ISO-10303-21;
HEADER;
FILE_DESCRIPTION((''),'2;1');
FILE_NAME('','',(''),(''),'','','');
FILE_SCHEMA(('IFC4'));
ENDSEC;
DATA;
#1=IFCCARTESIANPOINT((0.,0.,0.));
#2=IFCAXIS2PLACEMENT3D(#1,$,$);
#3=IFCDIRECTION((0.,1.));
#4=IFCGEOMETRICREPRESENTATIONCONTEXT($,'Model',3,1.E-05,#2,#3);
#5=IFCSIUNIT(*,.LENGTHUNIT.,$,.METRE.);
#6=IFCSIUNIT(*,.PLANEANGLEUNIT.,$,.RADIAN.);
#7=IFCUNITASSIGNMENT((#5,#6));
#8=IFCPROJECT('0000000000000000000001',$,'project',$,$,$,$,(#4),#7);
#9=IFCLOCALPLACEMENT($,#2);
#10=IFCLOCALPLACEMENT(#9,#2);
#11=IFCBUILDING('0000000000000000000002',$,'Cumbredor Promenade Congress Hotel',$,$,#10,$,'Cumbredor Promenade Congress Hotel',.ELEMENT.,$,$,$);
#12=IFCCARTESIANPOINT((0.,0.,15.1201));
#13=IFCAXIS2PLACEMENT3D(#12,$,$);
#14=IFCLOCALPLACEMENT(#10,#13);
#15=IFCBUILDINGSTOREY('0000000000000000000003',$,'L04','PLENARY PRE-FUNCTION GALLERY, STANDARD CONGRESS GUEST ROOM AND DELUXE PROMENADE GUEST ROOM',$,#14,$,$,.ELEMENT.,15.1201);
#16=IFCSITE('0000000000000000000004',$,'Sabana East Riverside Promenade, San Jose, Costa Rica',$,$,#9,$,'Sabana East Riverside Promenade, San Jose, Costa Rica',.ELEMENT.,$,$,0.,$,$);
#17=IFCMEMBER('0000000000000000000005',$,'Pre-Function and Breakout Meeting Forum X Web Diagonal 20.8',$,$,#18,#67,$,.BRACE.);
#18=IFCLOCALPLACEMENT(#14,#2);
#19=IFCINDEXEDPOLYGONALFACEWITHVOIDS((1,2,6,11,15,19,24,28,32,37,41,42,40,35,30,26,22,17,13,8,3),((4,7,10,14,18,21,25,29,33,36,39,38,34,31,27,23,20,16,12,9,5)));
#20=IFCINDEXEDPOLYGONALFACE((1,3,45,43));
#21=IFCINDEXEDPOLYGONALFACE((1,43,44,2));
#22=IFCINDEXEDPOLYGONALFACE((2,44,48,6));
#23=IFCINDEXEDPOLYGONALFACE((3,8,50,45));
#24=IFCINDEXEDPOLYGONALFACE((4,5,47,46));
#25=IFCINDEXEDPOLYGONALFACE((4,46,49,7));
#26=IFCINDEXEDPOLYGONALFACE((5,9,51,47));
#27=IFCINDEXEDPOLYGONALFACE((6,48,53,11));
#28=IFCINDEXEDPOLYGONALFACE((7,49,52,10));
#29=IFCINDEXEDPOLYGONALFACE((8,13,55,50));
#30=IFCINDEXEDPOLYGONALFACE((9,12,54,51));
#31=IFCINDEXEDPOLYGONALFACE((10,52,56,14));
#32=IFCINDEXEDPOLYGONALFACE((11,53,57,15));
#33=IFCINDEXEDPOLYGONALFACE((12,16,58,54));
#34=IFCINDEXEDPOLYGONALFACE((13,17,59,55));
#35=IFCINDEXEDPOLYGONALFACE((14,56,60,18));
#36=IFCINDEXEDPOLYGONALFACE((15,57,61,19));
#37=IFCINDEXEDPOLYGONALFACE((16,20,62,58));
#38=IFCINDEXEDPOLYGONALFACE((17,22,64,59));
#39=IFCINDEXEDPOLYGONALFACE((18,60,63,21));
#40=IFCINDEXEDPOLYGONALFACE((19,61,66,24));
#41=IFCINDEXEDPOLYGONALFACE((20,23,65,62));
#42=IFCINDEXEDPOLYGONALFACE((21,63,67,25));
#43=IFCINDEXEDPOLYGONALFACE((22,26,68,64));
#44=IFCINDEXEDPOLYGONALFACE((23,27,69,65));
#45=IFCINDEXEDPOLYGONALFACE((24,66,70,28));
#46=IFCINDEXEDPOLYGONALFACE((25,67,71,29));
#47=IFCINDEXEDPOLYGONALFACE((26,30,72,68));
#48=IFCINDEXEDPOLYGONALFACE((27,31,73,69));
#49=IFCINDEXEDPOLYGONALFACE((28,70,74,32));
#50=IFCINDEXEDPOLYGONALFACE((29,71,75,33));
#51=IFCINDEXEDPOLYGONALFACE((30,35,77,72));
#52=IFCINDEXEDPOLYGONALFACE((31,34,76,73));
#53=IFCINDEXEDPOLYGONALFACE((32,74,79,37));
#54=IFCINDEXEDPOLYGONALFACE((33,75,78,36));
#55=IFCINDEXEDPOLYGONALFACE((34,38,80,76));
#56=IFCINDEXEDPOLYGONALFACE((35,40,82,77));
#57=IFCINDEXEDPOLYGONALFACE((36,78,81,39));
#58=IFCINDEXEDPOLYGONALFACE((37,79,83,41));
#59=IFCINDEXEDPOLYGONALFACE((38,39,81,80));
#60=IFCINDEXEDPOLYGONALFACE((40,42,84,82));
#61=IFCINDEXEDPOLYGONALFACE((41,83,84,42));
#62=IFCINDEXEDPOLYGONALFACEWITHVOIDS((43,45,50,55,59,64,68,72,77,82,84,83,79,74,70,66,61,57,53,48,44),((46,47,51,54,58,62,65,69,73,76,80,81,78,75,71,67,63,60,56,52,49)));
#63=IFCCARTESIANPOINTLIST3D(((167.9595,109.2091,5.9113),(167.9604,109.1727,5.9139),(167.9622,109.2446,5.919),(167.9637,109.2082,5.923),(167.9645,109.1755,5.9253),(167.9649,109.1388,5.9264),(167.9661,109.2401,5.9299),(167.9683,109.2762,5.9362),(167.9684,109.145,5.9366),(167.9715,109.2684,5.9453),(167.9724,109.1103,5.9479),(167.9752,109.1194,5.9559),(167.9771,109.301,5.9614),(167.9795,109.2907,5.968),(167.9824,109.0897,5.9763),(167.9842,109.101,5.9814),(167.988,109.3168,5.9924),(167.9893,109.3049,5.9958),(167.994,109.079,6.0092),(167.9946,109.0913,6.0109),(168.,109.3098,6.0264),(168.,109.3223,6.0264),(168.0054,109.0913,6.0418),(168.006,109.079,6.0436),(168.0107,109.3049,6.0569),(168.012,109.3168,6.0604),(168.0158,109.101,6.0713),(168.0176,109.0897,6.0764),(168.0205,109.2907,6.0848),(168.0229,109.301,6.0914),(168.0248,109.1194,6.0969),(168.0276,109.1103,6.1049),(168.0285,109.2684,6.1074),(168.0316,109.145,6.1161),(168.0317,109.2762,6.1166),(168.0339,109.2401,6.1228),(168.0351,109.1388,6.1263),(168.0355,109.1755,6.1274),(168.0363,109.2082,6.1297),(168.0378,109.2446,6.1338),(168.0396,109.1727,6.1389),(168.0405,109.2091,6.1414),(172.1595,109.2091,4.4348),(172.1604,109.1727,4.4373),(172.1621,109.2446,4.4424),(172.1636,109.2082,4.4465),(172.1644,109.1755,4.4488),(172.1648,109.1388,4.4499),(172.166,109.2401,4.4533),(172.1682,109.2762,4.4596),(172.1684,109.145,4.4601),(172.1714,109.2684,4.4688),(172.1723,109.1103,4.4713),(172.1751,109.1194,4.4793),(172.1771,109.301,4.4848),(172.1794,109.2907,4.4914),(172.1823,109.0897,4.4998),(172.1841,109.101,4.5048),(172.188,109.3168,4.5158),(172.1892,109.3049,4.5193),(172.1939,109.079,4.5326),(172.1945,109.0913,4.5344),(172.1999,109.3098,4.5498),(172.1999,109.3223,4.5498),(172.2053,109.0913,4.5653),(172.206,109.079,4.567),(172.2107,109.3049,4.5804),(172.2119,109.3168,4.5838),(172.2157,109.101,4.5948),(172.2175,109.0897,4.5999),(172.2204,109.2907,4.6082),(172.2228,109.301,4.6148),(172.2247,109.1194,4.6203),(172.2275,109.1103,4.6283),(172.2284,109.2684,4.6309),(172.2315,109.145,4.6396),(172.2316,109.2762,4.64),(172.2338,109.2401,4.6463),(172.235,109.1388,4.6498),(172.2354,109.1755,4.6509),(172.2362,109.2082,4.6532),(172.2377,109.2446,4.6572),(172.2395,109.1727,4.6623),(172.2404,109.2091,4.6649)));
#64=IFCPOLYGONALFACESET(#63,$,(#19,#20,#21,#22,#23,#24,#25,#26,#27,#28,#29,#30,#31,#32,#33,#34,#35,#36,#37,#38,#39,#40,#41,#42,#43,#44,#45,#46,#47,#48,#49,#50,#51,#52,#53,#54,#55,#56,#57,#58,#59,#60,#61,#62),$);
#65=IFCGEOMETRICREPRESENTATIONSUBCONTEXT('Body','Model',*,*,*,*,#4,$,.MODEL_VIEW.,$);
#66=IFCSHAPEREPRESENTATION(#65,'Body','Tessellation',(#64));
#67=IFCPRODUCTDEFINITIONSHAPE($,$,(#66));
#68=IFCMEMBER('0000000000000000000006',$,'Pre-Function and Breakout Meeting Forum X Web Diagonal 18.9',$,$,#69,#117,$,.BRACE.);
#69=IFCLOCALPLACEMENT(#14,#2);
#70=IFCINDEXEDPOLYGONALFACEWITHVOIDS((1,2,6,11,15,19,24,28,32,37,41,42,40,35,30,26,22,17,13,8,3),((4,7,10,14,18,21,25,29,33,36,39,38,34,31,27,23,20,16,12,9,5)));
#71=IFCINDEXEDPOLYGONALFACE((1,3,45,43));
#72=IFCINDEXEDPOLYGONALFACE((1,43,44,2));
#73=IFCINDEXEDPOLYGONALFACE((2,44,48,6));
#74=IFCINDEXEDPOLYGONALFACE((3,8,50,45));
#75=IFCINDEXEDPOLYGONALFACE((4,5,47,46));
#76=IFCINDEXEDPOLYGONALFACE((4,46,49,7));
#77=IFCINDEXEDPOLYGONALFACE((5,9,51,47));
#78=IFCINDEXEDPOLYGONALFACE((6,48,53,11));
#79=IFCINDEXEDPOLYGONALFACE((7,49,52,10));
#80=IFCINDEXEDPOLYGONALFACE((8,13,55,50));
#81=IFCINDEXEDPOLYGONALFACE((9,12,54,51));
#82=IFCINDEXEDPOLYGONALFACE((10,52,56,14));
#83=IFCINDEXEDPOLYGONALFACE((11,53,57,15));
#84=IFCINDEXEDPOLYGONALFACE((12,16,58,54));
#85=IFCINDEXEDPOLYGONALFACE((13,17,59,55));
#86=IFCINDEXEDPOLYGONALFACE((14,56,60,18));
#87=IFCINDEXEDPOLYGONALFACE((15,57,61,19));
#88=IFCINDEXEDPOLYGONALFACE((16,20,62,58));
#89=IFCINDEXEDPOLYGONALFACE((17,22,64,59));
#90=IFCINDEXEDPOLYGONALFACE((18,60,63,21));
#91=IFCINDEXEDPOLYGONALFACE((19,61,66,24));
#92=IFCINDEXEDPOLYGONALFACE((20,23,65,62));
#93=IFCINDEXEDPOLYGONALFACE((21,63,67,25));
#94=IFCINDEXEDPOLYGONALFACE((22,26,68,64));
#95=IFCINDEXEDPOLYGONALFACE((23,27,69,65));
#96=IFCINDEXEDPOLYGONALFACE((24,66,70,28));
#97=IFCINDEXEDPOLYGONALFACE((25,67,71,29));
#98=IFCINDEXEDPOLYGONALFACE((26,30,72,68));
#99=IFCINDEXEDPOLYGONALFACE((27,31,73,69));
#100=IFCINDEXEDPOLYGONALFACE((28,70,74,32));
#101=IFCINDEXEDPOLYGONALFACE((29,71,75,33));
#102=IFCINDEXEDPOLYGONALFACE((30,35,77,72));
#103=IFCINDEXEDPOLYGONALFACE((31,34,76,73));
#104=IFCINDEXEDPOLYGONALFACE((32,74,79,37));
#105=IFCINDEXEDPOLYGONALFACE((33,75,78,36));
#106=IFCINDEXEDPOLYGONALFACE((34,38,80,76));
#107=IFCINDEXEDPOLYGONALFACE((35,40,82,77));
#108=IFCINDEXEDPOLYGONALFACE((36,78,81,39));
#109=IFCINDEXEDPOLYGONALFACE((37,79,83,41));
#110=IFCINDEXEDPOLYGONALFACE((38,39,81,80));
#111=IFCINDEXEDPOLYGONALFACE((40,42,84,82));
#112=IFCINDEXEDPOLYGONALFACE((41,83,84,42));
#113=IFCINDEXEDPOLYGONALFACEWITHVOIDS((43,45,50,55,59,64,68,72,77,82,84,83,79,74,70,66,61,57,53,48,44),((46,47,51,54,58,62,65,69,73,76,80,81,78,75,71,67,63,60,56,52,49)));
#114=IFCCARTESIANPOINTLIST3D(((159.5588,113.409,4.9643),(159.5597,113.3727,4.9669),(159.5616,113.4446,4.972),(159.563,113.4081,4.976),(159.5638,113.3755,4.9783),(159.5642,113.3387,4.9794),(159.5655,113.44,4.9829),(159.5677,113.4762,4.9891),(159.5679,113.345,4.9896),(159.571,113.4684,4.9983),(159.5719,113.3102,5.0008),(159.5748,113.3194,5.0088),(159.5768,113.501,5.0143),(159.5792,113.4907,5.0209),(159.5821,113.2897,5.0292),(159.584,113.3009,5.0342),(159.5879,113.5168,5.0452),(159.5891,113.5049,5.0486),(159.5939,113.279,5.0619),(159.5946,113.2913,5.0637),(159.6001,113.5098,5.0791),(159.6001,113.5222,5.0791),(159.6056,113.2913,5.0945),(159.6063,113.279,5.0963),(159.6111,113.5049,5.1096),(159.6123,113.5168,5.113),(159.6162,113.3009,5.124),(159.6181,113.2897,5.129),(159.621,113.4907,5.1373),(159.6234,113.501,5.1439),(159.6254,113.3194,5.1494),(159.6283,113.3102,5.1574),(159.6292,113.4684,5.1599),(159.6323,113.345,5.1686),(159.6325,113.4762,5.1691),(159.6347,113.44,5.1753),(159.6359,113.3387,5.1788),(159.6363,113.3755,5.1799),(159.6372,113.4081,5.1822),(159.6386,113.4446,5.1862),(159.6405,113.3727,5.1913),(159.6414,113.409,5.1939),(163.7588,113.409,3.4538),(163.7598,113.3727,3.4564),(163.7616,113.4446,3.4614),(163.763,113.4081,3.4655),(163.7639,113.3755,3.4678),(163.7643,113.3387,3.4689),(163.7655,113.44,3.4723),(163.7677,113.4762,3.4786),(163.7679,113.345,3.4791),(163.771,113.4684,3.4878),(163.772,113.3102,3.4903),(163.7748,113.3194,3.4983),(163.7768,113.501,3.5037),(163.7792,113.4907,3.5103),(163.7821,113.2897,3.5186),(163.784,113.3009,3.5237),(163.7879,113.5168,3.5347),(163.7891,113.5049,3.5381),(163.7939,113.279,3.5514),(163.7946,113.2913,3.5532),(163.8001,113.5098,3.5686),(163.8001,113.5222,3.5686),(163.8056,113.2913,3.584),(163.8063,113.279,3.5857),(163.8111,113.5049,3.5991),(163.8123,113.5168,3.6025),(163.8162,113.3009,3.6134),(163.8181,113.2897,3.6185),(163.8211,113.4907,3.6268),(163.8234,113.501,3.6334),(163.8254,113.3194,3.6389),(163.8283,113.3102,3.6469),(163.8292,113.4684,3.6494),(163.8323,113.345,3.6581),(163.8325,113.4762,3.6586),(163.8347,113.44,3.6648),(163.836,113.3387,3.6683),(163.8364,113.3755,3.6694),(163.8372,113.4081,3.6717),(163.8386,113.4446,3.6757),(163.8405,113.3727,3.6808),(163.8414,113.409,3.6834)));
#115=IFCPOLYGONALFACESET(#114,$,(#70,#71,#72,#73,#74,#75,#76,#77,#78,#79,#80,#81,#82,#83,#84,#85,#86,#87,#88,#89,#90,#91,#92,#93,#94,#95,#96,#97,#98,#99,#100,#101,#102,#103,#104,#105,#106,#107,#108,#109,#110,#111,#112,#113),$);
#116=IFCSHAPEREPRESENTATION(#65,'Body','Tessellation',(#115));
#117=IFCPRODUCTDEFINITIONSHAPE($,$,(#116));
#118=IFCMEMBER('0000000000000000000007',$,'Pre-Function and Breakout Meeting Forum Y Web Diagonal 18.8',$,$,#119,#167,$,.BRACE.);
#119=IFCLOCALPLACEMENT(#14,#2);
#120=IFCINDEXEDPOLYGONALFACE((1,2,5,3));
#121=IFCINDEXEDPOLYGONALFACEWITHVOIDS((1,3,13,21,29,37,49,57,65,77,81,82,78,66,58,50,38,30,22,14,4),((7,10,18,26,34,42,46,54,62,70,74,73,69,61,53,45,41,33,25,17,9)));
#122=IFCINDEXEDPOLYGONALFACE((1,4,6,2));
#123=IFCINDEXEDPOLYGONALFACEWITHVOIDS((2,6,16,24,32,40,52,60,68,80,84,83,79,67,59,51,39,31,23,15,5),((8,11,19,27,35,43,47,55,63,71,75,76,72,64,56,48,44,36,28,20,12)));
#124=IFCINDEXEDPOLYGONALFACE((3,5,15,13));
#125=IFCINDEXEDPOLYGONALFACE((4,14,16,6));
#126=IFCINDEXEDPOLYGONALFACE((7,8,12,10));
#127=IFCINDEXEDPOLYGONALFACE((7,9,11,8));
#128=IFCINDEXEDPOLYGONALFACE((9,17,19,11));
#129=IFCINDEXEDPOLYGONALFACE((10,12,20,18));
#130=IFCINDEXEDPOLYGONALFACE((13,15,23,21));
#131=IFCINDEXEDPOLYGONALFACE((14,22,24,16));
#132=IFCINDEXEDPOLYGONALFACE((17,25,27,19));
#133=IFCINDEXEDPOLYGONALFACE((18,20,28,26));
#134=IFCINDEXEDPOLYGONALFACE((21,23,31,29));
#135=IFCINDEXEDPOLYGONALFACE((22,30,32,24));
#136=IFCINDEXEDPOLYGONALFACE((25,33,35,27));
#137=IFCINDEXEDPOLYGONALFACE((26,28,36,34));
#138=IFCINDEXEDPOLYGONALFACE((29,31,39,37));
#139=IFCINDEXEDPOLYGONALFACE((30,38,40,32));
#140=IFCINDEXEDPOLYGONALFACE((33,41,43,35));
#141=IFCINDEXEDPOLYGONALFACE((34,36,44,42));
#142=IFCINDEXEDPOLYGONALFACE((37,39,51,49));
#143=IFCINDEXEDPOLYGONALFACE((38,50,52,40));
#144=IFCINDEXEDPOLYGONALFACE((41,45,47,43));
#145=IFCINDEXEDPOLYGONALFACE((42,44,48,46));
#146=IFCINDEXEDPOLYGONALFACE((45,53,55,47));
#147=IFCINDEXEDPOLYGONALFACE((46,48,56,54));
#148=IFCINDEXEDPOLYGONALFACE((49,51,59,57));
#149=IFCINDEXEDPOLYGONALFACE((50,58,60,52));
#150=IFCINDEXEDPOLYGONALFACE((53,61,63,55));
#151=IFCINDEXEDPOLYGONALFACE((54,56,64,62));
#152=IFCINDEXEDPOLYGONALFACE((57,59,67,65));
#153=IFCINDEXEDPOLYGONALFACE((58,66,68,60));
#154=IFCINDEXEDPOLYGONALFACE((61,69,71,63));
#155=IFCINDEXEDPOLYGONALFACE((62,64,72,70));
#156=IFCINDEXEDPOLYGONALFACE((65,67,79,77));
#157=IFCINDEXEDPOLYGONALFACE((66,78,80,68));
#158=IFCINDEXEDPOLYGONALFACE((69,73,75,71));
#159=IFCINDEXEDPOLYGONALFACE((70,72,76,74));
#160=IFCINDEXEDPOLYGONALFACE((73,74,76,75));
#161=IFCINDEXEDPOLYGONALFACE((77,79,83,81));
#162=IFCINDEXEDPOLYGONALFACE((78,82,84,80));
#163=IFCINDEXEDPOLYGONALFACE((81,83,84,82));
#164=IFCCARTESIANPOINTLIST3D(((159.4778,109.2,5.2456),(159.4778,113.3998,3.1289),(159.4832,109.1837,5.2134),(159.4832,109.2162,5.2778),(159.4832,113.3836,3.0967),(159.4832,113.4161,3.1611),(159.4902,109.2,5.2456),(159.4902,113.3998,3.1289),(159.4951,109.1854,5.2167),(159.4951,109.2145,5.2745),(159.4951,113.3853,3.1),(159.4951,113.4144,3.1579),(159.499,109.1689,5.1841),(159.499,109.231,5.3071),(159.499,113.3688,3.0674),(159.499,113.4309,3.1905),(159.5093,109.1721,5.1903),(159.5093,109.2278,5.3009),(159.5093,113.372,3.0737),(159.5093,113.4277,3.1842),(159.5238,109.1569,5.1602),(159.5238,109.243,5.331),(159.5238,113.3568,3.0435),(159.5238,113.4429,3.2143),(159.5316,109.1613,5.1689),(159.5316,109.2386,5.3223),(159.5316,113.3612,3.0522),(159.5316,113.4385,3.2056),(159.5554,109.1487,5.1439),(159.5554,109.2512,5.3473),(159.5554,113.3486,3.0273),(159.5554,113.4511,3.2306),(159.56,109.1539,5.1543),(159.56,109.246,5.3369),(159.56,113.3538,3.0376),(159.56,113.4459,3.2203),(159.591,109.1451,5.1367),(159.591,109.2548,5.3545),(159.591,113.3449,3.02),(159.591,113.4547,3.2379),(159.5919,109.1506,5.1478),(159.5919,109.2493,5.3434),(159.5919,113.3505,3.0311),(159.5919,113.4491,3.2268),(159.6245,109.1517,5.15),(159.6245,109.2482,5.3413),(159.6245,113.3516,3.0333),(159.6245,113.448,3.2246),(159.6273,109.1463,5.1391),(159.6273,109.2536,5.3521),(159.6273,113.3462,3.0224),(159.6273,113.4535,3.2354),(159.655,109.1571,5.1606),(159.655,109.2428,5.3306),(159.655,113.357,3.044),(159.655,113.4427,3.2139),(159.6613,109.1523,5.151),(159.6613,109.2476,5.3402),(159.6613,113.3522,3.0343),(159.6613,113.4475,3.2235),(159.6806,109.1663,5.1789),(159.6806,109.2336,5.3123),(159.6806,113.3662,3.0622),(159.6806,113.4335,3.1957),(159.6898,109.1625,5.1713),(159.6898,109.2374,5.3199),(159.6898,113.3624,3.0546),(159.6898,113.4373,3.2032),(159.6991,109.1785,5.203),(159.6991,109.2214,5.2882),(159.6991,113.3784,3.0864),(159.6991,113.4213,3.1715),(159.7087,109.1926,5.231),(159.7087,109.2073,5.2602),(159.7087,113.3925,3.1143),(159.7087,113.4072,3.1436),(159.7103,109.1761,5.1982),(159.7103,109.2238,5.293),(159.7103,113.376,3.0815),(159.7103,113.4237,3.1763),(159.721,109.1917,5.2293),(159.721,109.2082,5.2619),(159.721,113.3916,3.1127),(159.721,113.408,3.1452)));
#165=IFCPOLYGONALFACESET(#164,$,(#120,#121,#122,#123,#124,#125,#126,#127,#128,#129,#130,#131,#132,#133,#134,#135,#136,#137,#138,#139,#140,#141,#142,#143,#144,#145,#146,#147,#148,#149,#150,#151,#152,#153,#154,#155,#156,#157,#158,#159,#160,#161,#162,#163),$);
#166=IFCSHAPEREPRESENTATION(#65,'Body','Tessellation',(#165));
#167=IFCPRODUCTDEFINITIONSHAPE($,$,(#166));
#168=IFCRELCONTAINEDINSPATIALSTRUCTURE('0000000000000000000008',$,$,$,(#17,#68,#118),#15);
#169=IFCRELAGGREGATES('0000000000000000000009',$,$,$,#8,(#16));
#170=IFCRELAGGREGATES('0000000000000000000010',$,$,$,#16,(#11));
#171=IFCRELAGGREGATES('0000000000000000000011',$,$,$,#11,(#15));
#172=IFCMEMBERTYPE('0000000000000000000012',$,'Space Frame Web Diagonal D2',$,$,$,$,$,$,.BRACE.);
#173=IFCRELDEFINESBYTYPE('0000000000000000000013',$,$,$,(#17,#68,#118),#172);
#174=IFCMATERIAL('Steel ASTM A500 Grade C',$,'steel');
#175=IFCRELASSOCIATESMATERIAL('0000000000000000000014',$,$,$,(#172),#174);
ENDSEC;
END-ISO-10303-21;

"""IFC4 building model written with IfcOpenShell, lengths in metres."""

from ifc_helpers import new_model, si_unit, direction, frame, origin, origin_2d, place, context, subcontext, project, spatial, hollow_circle, extrude, material, material_profile, profile_set, type_object, element, save


model = new_model("IFC4")

# Units and contexts
model_context = context("Model", 3, precision=1e-05, world=origin(), true_north=direction((0.0, 1.0)))
body_context = subcontext(model_context, "Body", "Model", "MODEL_VIEW")
ifc_project = project(units=[si_unit("LENGTHUNIT", "METRE"), si_unit("PLANEANGLEUNIT", "RADIAN")], contexts=[model_context])

# Site, building, storey
site_placement = place(None, origin())
site = spatial("IfcSite", under=ifc_project, at=site_placement, Name="Sabana East Riverside Promenade, San Jose, Costa Rica", LongName="Sabana East Riverside Promenade, San Jose, Costa Rica", CompositionType="ELEMENT", RefElevation=0.0)
building_placement = place(site_placement, origin())
building = spatial("IfcBuilding", under=site, at=building_placement, Name="Cumbredor Promenade Congress Hotel", LongName="Cumbredor Promenade Congress Hotel", CompositionType="ELEMENT")
storey_placement = place(building_placement, frame((0.0, 0.0, 15.1201)))
storey = spatial("IfcBuildingStorey", under=building, at=storey_placement, Name="L04", Description="PLENARY PRE-FUNCTION GALLERY, STANDARD CONGRESS GUEST ROOM AND DELUXE PROMENADE GUEST ROOM", CompositionType="ELEMENT", Elevation=15.1201)

# Members
ifc_material_1 = material(Name="Steel ASTM A500 Grade C", Category="steel")
ifc_material_profile_1 = material_profile(ifc_material_1, hollow_circle(Radius=0.1223, WallThickness=0.0125, at=origin_2d()), Name="CHS 244.5x12.5")
ifc_profile_set_1 = profile_set([ifc_material_profile_1], Name="Steel ASTM A500 Grade C")
member_type_1 = type_object("IfcMemberType", Name="Space Frame Web Diagonal D2", PredefinedType="BRACE", material=ifc_profile_set_1)
member_1_placement = place(storey_placement, frame((168.0, 109.2, 6.0264), z_axis=(0.943397, 0.0, -0.331667), x_axis=(0.0, 1.0, 0.0)))
element("IfcMember", 1, at=member_1_placement, inside=storey, type_object=member_type_1, Name="Pre-Function and Breakout Meeting Forum X Web Diagonal 20.8", PredefinedType="BRACE", context=body_context, shape_type="SweptSolid", body=[
    extrude(hollow_circle(Radius=0.1223, WallThickness=0.0125, at=origin_2d()), origin(), (0.0, 0.0, 1.0), 4.4519),
])
member_2_placement = place(storey_placement, frame((159.6001, 113.3999, 5.0791), z_axis=(0.940993, 0.0, -0.338425), x_axis=(0.0, 1.0, 0.0)))
element("IfcMember", 2, at=member_2_placement, inside=storey, type_object=member_type_1, Name="Pre-Function and Breakout Meeting Forum X Web Diagonal 18.9", PredefinedType="BRACE", context=body_context, shape_type="SweptSolid", body=[
    extrude(hollow_circle(Radius=0.1223, WallThickness=0.0125, at=origin_2d()), origin(), (0.0, 0.0, 1.0), 4.4634),
])
member_3_placement = place(storey_placement, frame((159.6001, 109.2, 5.2456), z_axis=(0.0, 0.893, -0.450056), x_axis=(-1.0, 0.0, 0.0)))
element("IfcMember", 3, at=member_3_placement, inside=storey, type_object=member_type_1, Name="Pre-Function and Breakout Meeting Forum Y Web Diagonal 18.8", PredefinedType="BRACE", context=body_context, shape_type="SweptSolid", body=[
    extrude(hollow_circle(Radius=0.1223, WallThickness=0.0125, at=origin_2d()), origin(), (0.0, 0.0, 1.0), 4.7031),
])

save(model, "model.ifc")
